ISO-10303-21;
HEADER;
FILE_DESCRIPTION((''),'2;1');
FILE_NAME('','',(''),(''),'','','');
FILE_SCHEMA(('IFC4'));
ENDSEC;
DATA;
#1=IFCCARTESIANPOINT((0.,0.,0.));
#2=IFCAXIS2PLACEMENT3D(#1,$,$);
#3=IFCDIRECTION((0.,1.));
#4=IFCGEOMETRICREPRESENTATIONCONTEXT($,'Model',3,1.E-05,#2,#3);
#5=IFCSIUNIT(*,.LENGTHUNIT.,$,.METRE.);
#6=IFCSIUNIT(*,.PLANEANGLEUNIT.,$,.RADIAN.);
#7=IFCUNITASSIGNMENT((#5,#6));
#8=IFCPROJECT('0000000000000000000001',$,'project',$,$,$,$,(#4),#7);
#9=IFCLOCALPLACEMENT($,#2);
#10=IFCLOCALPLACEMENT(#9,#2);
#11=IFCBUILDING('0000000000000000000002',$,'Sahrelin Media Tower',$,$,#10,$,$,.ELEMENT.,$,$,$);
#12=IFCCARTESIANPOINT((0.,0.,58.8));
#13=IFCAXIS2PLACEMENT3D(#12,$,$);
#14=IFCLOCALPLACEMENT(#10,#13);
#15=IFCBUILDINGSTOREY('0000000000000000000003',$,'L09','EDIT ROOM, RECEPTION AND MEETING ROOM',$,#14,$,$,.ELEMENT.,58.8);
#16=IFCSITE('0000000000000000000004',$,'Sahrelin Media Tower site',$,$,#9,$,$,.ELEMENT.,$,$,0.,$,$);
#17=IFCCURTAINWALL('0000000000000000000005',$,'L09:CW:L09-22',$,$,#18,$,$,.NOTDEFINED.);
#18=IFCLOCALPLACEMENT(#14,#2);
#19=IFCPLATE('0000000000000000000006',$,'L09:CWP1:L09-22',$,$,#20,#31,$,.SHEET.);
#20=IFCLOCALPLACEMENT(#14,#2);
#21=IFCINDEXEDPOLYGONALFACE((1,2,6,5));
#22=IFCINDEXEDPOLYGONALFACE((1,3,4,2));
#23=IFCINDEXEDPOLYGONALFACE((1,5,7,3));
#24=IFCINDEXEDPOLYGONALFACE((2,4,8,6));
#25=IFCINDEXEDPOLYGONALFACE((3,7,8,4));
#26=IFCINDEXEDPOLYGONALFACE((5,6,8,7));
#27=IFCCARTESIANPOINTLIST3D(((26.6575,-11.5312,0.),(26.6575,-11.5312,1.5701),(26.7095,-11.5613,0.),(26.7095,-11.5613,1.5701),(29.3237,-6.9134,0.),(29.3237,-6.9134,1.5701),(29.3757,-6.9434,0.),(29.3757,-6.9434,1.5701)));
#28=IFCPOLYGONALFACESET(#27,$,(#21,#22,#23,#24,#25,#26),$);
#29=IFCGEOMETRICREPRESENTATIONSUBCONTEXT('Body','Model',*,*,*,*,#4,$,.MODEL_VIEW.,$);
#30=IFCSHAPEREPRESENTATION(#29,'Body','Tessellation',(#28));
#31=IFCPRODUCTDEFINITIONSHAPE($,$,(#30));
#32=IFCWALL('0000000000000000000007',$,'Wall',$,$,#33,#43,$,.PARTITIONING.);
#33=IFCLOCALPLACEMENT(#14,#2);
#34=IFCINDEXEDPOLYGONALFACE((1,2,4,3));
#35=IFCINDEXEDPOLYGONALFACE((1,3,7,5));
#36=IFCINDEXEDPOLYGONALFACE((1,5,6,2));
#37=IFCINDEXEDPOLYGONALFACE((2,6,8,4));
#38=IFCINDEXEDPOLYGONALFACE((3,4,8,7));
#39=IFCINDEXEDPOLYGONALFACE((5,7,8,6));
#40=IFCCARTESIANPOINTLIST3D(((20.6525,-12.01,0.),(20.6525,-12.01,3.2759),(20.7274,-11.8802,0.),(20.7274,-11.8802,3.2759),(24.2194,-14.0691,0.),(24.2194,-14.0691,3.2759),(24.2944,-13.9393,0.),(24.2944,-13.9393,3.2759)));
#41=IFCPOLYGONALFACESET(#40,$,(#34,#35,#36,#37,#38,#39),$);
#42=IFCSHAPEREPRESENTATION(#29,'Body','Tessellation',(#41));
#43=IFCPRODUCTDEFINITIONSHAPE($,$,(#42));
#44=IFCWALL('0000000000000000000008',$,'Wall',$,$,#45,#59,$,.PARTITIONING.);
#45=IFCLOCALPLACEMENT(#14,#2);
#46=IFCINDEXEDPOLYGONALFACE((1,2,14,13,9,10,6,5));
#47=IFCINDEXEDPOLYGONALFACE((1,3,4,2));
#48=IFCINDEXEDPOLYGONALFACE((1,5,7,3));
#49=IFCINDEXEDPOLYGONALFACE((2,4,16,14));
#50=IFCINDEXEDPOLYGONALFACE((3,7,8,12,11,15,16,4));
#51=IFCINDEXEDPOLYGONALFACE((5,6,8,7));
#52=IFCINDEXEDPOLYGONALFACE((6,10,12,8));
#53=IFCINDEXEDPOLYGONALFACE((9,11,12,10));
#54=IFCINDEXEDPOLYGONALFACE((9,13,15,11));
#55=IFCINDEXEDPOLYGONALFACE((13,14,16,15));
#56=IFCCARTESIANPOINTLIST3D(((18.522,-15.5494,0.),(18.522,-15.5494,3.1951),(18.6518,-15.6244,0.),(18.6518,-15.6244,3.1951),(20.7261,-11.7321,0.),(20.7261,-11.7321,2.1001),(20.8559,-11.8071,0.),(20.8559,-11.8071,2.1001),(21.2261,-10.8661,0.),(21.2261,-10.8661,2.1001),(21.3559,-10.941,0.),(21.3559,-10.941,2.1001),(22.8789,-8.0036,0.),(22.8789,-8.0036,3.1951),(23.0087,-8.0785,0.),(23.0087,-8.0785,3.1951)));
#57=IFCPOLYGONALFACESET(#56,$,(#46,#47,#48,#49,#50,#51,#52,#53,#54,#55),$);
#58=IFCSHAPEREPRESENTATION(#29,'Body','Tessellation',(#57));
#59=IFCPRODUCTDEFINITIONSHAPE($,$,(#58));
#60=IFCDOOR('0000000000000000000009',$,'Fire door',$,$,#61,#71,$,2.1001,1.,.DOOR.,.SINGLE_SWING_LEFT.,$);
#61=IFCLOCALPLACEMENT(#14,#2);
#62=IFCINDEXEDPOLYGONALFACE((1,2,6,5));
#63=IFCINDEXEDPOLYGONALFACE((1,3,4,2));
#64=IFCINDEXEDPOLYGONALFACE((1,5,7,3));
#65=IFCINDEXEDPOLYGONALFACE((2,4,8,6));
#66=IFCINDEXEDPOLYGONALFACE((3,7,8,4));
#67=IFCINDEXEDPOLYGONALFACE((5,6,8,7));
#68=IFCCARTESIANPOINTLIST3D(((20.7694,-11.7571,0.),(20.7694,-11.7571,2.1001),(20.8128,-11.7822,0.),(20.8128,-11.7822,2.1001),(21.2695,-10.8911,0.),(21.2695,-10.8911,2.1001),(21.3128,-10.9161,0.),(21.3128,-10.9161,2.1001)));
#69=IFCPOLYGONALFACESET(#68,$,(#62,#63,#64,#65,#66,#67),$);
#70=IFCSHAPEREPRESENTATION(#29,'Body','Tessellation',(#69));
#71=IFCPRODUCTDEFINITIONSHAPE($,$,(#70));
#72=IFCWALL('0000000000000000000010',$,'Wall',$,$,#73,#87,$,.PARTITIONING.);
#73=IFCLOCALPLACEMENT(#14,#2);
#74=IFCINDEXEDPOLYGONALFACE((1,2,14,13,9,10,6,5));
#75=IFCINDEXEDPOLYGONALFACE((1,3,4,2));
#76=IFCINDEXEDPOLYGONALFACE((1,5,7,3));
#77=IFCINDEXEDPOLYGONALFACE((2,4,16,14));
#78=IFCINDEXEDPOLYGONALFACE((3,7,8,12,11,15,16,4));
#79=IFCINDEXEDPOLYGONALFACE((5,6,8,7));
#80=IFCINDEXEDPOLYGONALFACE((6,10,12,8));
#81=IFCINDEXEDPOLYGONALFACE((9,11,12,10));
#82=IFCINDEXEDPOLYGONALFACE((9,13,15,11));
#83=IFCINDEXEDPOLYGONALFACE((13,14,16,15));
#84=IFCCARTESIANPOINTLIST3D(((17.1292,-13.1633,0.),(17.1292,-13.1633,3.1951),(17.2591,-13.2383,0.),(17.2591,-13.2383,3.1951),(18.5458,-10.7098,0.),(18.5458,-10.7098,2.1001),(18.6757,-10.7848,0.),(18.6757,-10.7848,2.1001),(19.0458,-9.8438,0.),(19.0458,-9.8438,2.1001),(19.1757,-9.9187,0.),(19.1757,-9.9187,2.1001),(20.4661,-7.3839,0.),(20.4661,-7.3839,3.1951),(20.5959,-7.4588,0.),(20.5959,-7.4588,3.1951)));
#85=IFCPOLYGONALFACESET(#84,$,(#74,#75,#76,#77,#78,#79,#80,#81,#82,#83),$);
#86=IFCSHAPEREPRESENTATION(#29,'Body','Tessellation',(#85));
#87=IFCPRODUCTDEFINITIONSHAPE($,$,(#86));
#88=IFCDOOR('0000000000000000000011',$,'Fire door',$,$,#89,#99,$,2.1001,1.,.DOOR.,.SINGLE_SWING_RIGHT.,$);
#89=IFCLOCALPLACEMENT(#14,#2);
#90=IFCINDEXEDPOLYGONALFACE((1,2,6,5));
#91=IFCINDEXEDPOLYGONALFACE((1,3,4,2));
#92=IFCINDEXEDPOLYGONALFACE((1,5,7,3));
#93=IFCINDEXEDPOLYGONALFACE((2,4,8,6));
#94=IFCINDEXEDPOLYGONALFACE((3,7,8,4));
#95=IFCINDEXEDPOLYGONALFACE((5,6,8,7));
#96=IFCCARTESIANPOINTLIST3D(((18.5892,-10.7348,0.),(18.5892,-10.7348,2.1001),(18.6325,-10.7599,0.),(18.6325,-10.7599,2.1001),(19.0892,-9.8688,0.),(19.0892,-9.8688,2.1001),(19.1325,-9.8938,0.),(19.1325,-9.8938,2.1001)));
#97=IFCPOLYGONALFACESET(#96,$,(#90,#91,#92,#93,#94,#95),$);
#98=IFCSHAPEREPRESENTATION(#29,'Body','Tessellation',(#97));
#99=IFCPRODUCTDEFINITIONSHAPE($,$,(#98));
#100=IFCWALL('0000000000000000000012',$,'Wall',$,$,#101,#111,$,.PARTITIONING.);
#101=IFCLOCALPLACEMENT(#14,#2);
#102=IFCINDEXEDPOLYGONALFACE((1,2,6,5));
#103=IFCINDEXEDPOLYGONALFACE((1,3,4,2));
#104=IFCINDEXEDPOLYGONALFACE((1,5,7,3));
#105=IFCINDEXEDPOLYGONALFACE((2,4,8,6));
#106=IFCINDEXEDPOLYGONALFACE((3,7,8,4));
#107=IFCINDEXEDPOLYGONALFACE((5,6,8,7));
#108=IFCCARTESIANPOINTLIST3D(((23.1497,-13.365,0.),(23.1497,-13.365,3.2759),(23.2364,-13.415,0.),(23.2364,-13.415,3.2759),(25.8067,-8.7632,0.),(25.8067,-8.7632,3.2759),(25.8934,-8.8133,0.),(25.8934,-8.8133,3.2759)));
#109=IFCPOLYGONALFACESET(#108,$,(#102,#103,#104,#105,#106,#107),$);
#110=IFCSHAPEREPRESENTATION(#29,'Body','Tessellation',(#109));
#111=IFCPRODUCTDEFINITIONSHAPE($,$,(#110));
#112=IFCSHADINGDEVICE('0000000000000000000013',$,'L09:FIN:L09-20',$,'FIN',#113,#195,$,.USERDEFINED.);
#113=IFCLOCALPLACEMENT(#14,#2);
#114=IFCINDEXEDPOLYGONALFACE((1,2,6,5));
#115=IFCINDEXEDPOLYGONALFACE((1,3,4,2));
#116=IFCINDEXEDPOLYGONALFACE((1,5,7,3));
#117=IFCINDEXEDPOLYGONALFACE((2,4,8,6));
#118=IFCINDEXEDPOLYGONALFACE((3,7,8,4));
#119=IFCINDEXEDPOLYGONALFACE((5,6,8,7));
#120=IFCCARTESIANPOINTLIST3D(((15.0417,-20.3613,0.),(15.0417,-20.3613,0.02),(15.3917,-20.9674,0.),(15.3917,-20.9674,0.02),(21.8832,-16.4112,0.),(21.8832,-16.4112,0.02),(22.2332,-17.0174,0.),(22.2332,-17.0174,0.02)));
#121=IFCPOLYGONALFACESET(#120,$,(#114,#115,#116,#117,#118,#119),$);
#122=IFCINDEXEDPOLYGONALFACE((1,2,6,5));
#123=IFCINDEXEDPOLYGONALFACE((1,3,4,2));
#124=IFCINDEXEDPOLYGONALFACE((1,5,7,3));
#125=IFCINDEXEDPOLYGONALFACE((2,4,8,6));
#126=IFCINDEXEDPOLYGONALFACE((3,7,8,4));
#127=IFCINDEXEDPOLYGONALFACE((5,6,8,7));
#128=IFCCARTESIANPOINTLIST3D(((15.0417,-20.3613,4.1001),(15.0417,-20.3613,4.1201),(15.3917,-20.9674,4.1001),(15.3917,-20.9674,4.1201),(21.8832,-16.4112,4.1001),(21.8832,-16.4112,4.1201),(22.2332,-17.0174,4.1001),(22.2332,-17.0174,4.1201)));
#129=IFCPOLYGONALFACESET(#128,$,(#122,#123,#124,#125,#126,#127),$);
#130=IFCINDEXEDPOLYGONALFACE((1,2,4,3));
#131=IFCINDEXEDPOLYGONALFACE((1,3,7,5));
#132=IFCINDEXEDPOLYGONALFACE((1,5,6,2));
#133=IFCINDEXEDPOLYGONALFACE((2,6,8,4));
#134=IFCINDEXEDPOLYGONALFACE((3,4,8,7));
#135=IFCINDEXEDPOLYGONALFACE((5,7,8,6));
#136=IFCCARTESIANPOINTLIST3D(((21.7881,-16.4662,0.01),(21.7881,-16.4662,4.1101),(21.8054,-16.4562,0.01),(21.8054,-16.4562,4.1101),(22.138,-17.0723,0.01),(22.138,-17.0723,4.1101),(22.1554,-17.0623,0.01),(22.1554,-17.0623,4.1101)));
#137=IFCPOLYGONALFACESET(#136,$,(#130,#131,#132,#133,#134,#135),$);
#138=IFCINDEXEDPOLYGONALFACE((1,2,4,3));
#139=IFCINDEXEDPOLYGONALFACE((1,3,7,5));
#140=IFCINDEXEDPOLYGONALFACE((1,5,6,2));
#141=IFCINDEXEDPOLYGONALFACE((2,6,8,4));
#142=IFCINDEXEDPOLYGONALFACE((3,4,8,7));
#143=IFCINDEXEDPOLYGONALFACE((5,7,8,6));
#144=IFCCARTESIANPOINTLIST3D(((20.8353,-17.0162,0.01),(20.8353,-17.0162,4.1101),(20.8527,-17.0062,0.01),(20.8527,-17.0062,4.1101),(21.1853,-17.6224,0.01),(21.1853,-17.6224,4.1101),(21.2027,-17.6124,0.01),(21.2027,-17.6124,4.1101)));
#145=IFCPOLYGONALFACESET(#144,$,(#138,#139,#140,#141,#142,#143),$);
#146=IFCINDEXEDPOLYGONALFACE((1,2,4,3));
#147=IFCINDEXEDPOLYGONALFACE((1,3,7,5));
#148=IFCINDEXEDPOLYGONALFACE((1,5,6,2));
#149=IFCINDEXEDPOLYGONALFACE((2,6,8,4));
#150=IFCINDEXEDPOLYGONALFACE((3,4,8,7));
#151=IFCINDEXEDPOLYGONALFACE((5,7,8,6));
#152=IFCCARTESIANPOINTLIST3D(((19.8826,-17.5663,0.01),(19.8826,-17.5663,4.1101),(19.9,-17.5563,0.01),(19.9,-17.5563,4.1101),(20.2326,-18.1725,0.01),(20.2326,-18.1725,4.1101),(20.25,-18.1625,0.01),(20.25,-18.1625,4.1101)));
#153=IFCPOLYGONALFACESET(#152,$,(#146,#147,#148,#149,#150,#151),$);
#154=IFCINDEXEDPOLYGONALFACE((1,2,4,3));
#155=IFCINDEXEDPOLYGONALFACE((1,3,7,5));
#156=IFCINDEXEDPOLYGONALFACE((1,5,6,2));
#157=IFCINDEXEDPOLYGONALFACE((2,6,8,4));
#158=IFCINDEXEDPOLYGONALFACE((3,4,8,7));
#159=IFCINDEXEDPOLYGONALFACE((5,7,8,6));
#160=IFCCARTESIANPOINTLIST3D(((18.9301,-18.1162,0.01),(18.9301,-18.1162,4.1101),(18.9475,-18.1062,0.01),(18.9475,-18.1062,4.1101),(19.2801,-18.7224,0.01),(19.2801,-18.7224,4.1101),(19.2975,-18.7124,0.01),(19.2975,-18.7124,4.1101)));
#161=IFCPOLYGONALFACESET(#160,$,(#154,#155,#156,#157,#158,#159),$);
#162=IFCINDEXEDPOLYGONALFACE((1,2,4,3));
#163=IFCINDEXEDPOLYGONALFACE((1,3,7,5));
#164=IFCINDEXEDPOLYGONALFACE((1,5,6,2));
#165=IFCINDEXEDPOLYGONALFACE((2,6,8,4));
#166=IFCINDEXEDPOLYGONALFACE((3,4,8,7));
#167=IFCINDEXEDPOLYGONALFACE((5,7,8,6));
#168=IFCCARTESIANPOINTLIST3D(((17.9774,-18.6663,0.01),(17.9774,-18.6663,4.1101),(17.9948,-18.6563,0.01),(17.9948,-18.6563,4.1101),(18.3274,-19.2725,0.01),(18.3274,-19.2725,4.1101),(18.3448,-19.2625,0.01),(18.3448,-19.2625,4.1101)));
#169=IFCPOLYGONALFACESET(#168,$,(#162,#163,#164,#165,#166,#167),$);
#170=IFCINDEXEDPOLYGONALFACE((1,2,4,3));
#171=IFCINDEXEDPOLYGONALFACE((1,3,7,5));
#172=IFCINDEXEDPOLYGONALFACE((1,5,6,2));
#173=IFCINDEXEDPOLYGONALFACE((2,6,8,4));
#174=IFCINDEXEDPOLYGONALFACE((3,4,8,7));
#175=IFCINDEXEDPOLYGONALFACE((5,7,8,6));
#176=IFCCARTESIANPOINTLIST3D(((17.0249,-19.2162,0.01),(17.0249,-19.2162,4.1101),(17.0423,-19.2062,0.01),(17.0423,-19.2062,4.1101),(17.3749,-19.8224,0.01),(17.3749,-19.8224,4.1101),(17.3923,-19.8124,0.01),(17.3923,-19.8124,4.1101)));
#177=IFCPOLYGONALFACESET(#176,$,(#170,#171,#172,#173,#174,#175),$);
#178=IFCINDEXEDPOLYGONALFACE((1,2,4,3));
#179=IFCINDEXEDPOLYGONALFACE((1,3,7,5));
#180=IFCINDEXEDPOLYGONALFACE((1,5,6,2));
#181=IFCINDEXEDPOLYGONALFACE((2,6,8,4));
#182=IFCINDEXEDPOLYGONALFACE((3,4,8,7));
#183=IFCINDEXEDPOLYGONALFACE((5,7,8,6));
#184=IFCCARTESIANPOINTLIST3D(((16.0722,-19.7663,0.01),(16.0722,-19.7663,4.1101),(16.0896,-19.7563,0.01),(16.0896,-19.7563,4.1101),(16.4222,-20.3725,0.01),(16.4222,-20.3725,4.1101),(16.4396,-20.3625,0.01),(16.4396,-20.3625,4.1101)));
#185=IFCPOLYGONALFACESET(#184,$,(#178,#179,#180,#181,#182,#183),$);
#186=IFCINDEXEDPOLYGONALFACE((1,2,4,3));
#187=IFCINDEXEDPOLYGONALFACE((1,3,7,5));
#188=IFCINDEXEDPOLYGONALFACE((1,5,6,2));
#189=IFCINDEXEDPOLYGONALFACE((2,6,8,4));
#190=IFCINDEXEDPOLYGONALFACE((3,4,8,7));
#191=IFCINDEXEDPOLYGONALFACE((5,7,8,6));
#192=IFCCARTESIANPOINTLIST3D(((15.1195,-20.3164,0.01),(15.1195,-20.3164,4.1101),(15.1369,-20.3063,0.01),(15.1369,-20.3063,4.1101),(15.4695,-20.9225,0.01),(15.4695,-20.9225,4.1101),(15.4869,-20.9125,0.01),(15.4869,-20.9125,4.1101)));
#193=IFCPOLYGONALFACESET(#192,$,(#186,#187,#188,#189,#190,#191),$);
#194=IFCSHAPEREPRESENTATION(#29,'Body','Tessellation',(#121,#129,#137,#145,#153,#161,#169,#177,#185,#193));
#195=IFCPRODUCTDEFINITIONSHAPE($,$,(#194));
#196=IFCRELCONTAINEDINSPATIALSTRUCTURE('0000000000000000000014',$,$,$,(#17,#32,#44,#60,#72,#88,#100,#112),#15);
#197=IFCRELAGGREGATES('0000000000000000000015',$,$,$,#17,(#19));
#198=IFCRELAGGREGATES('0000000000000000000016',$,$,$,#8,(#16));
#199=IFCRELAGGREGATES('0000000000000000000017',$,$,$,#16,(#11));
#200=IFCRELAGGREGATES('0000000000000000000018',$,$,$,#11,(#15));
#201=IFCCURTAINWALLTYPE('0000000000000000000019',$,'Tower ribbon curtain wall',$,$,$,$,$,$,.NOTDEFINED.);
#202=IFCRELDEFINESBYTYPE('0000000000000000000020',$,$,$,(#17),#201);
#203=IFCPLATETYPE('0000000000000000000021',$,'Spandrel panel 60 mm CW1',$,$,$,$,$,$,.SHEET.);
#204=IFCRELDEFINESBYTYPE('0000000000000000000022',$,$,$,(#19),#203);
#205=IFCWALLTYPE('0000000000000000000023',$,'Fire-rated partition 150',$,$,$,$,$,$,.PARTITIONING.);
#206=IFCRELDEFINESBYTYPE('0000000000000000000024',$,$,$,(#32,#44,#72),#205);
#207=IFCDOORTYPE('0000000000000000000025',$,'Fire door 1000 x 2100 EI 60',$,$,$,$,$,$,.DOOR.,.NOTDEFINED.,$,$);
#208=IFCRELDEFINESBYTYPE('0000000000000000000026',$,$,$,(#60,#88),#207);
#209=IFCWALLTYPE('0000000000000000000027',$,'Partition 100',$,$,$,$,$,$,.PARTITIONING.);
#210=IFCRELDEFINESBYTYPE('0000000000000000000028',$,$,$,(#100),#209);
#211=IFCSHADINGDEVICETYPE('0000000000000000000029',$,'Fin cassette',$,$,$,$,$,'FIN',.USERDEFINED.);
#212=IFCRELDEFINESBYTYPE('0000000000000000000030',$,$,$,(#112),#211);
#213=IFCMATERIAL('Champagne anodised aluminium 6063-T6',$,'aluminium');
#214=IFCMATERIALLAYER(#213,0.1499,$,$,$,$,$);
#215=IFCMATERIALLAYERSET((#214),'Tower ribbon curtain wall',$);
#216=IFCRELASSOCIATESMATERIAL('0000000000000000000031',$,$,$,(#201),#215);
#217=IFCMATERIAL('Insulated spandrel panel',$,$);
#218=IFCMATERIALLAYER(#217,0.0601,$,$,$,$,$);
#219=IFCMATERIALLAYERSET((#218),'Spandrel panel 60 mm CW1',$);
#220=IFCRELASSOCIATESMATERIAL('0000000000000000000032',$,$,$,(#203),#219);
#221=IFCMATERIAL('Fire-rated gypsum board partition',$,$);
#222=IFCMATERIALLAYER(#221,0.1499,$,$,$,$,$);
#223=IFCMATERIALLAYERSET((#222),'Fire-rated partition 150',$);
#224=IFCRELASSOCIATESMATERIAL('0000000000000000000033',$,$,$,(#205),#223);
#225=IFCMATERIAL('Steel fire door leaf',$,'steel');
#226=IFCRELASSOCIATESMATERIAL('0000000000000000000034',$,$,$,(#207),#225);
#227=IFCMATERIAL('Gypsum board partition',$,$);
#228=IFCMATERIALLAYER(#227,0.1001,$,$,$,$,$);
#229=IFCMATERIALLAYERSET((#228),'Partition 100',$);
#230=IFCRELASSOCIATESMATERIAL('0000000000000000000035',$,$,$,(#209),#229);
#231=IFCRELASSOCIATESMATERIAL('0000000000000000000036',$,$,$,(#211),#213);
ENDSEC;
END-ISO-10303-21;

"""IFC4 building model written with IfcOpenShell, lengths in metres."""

from ifc_helpers import new_model, si_unit, direction, frame, frame_2d, origin, origin_2d, place, context, subcontext, project, spatial, polyline, rectangle, outline, extrude, material, layer, layer_set, type_object, element, fill, aggregate, save


model = new_model("IFC4")

# Units and contexts
model_context = context("Model", 3, precision=1e-05, world=origin(), true_north=direction((0.0, 1.0)))
body_context = subcontext(model_context, "Body", "Model", "MODEL_VIEW")
ifc_project = project(units=[si_unit("LENGTHUNIT", "METRE"), si_unit("PLANEANGLEUNIT", "RADIAN")], contexts=[model_context])

# Site, building, storey
site_placement = place(None, origin())
site = spatial("IfcSite", under=ifc_project, at=site_placement, Name="Sahrelin Media Tower site", CompositionType="ELEMENT", RefElevation=0.0)
building_placement = place(site_placement, origin())
building = spatial("IfcBuilding", under=site, at=building_placement, Name="Sahrelin Media Tower", CompositionType="ELEMENT")
storey_placement = place(building_placement, frame((0.0, 0.0, 58.8)))
storey = spatial("IfcBuildingStorey", under=building, at=storey_placement, Name="L09", Description="EDIT ROOM, RECEPTION AND MEETING ROOM", CompositionType="ELEMENT", Elevation=58.8)

# Shared definitions
ifc_material_1 = material(Name="Champagne anodised aluminium 6063-T6", Category="aluminium")
ifc_layer_1 = layer(ifc_material_1, 0.1499)
ifc_layer_set_1 = layer_set([ifc_layer_1], Name="Tower ribbon curtain wall")
curtain_wall_type = type_object("IfcCurtainWallType", Name="Tower ribbon curtain wall", PredefinedType="NOTDEFINED", material=ifc_layer_set_1)

# Curtain wall
curtain_wall_1_placement = place(storey_placement, frame((28.0254, -9.2422, 0.0), z_axis=(0.0, 0.0, 1.0), x_axis=(1.0, 0.0, 0.0)))
curtain_wall_1 = element("IfcCurtainWall", 1, at=curtain_wall_1_placement, inside=storey, type_object=curtain_wall_type, Name="L09:CW:L09-22", PredefinedType="NOTDEFINED")

# Plate
ifc_material_2 = material(Name="Insulated spandrel panel")
ifc_layer_2 = layer(ifc_material_2, 0.0601)
ifc_layer_set_2 = layer_set([ifc_layer_2], Name="Spandrel panel 60 mm CW1")
plate_type_1 = type_object("IfcPlateType", Name="Spandrel panel 60 mm CW1", PredefinedType="SHEET", material=ifc_layer_set_2)
plate_1_placement = place(storey_placement, frame((26.7095, -11.5613, 0.0), z_axis=(0.866017, -0.500014, 0.0), x_axis=(0.500014, 0.866017, 0.0)))
plate_1 = element("IfcPlate", 2, at=plate_1_placement, type_object=plate_type_1, Name="L09:CWP1:L09-22", PredefinedType="SHEET", context=body_context, shape_type="SweptSolid", body=[
    extrude(outline(polyline([(0.0, 0.0), (5.3323, 0.0), (5.3323, 1.5701), (0.0, 1.5701), (0.0, 0.0)])), origin(), (0.0, 0.0, -1.0), 0.0601),
])
aggregate(curtain_wall_1, [plate_1])

# Wall
ifc_material_3 = material(Name="Fire-rated gypsum board partition")
ifc_layer_3 = layer(ifc_material_3, 0.1499)
ifc_layer_set_3 = layer_set([ifc_layer_3], Name="Fire-rated partition 150")
wall_type_1 = type_object("IfcWallType", Name="Fire-rated partition 150", PredefinedType="PARTITIONING", material=ifc_layer_set_3)
wall_1_placement = place(storey_placement, frame((20.6899, -11.9451, 0.0), z_axis=(0.0, 0.0, 1.0), x_axis=(0.866053, -0.499952, 0.0)))
element("IfcWall", 3, at=wall_1_placement, inside=storey, type_object=wall_type_1, Name="Wall", PredefinedType="PARTITIONING", context=body_context, shape_type="SweptSolid", body=[
    extrude(rectangle(XDim=4.1187, YDim=0.1499, at=frame_2d((2.0593, 0.0))), origin(), (0.0, 0.0, 1.0), 3.2759),
])

# Walls, openings, doors
wall_2_placement = place(storey_placement, frame((18.5869, -15.5869, 0.0), z_axis=(0.0, 0.0, 1.0), x_axis=(0.500026, 0.86601, 0.0)))
wall_2 = element("IfcWall", 4, at=wall_2_placement, inside=storey, type_object=wall_type_1, Name="Wall", PredefinedType="PARTITIONING", context=body_context, shape_type="SweptSolid", body=[
    extrude(rectangle(XDim=8.7134, YDim=0.1499, at=frame_2d((4.3567, 0.0))), origin(), (0.0, 0.0, 1.0), 3.1951),
])
opening_1_placement = place(wall_2_placement, frame((4.408, 0.0, 0.0)))
opening_1 = element("IfcOpeningElement", 5, at=opening_1_placement, cuts=wall_2, PredefinedType="OPENING", context=body_context, shape_type="SweptSolid", body=[
    extrude(rectangle(XDim=1.0, YDim=2.1001, at=frame_2d((0.5, 1.05))), frame((0.0, 0.075, 0.0), z_axis=(0.0, -1.0, 0.0), x_axis=(1.0, 0.0, 0.0)), (0.0, 0.0, 1.0), 0.1499),
])
ifc_material_4 = material(Name="Steel fire door leaf", Category="steel")
door_type = type_object("IfcDoorType", Name="Fire door 1000 x 2100 EI 60", OperationType="NOTDEFINED", PredefinedType="DOOR", material=ifc_material_4)
door_1_placement = place(opening_1_placement, origin())
door_1 = element("IfcDoor", 6, at=door_1_placement, inside=storey, type_object=door_type, Name="Fire door", OperationType="SINGLE_SWING_LEFT", OverallHeight=2.1001, OverallWidth=1.0, PredefinedType="DOOR", context=body_context, shape_type="SweptSolid", body=[
    extrude(rectangle(XDim=1.0, YDim=2.1001, at=frame_2d((0.5, 1.05))), frame((0.0, 0.0249, 0.0), z_axis=(0.0, -1.0, 0.0), x_axis=(1.0, 0.0, 0.0)), (0.0, 0.0, 1.0), 0.05),
])
fill(opening_1, door_1)
wall_3_placement = place(storey_placement, frame((17.1941, -13.2009, 0.0), z_axis=(0.0, 0.0, 1.0), x_axis=(0.500011, 0.866019, 0.0)))
wall_3 = element("IfcWall", 7, at=wall_3_placement, inside=storey, type_object=wall_type_1, Name="Wall", PredefinedType="PARTITIONING", context=body_context, shape_type="SweptSolid", body=[
    extrude(rectangle(XDim=6.6736, YDim=0.1499, at=frame_2d((3.3369, 0.0))), origin(), (0.0, 0.0, 1.0), 3.1951),
])
opening_2_placement = place(wall_3_placement, frame((2.8333, 0.0, 0.0)))
opening_2 = element("IfcOpeningElement", 8, at=opening_2_placement, cuts=wall_3, PredefinedType="OPENING", context=body_context, shape_type="SweptSolid", body=[
    extrude(rectangle(XDim=1.0, YDim=2.1001, at=frame_2d((0.5, 1.05))), frame((0.0, 0.075, 0.0), z_axis=(0.0, -1.0, 0.0), x_axis=(1.0, 0.0, 0.0)), (0.0, 0.0, 1.0), 0.1499),
])
door_2_placement = place(opening_2_placement, origin())
door_2 = element("IfcDoor", 9, at=door_2_placement, inside=storey, type_object=door_type, Name="Fire door", OperationType="SINGLE_SWING_RIGHT", OverallHeight=2.1001, OverallWidth=1.0, PredefinedType="DOOR", context=body_context, shape_type="SweptSolid", body=[
    extrude(rectangle(XDim=1.0, YDim=2.1001, at=frame_2d((0.5, 1.05))), frame((0.0, 0.0249, 0.0), z_axis=(0.0, -1.0, 0.0), x_axis=(1.0, 0.0, 0.0)), (0.0, 0.0, 1.0), 0.05),
])
fill(opening_2, door_2)

# Wall
ifc_material_5 = material(Name="Gypsum board partition")
ifc_layer_4 = layer(ifc_material_5, 0.1001)
ifc_layer_set_4 = layer_set([ifc_layer_4], Name="Partition 100")
wall_type_2 = type_object("IfcWallType", Name="Partition 100", PredefinedType="PARTITIONING", material=ifc_layer_set_4)
wall_4_placement = place(storey_placement, frame((23.1931, -13.3899, 0.0), z_axis=(0.0, 0.0, 1.0), x_axis=(0.500018, 0.866015, 0.0)))
element("IfcWall", 10, at=wall_4_placement, inside=storey, type_object=wall_type_2, Name="Wall", PredefinedType="PARTITIONING", context=body_context, shape_type="SweptSolid", body=[
    extrude(rectangle(XDim=5.3137, YDim=0.1001, at=frame_2d((2.6567, 0.0))), origin(), (0.0, 0.0, 1.0), 3.2759),
])

# Shading device
shading_device_type_1 = type_object("IfcShadingDeviceType", Name="Fin cassette", ElementType="FIN", PredefinedType="USERDEFINED", material=ifc_material_1)
placement_1 = place(storey_placement, frame((18.4275, -18.3257, 0.0), z_axis=(0.0, 0.0, 1.0), x_axis=(-0.866019, -0.500011, 0.0)))
element("IfcShadingDevice", 11, at=placement_1, inside=storey, type_object=shading_device_type_1, Name="L09:FIN:L09-20", ObjectType="FIN", PredefinedType="USERDEFINED", context=body_context, shape_type="SweptSolid", body=[
    extrude(rectangle(XDim=7.8999, YDim=0.7, at=origin_2d()), frame((0.0, 0.4199, 0.0)), (0.0, 0.0, 1.0), 0.02),
    extrude(rectangle(XDim=7.8999, YDim=0.7, at=origin_2d()), frame((0.0, 0.4199, 4.1001)), (0.0, 0.0, 1.0), 0.02),
    extrude(rectangle(XDim=0.02, YDim=0.7, at=origin_2d()), frame((-3.8501, 0.4199, 0.01), z_axis=(0.0, 0.0, 1.0), x_axis=(1.0, 0.0, 0.0)), (0.0, 0.0, 1.0), 4.1001),
    extrude(rectangle(XDim=0.02, YDim=0.7, at=origin_2d()), frame((-2.75, 0.4199, 0.01), z_axis=(0.0, 0.0, 1.0), x_axis=(1.0, 0.0, 0.0)), (0.0, 0.0, 1.0), 4.1001),
    extrude(rectangle(XDim=0.02, YDim=0.7, at=origin_2d()), frame((-1.6499, 0.4199, 0.01), z_axis=(0.0, 0.0, 1.0), x_axis=(1.0, 0.0, 0.0)), (0.0, 0.0, 1.0), 4.1001),
    extrude(rectangle(XDim=0.02, YDim=0.7, at=origin_2d()), frame((-0.55, 0.4199, 0.01), z_axis=(0.0, 0.0, 1.0), x_axis=(1.0, 0.0, 0.0)), (0.0, 0.0, 1.0), 4.1001),
    extrude(rectangle(XDim=0.02, YDim=0.7, at=origin_2d()), frame((0.55, 0.4199, 0.01), z_axis=(0.0, 0.0, 1.0), x_axis=(1.0, 0.0, 0.0)), (0.0, 0.0, 1.0), 4.1001),
    extrude(rectangle(XDim=0.02, YDim=0.7, at=origin_2d()), frame((1.6499, 0.4199, 0.01), z_axis=(0.0, 0.0, 1.0), x_axis=(1.0, 0.0, 0.0)), (0.0, 0.0, 1.0), 4.1001),
    extrude(rectangle(XDim=0.02, YDim=0.7, at=origin_2d()), frame((2.75, 0.4199, 0.01), z_axis=(0.0, 0.0, 1.0), x_axis=(1.0, 0.0, 0.0)), (0.0, 0.0, 1.0), 4.1001),
    extrude(rectangle(XDim=0.02, YDim=0.7, at=origin_2d()), frame((3.8501, 0.4199, 0.01), z_axis=(0.0, 0.0, 1.0), x_axis=(1.0, 0.0, 0.0)), (0.0, 0.0, 1.0), 4.1001),
])

save(model, "model.ifc")
